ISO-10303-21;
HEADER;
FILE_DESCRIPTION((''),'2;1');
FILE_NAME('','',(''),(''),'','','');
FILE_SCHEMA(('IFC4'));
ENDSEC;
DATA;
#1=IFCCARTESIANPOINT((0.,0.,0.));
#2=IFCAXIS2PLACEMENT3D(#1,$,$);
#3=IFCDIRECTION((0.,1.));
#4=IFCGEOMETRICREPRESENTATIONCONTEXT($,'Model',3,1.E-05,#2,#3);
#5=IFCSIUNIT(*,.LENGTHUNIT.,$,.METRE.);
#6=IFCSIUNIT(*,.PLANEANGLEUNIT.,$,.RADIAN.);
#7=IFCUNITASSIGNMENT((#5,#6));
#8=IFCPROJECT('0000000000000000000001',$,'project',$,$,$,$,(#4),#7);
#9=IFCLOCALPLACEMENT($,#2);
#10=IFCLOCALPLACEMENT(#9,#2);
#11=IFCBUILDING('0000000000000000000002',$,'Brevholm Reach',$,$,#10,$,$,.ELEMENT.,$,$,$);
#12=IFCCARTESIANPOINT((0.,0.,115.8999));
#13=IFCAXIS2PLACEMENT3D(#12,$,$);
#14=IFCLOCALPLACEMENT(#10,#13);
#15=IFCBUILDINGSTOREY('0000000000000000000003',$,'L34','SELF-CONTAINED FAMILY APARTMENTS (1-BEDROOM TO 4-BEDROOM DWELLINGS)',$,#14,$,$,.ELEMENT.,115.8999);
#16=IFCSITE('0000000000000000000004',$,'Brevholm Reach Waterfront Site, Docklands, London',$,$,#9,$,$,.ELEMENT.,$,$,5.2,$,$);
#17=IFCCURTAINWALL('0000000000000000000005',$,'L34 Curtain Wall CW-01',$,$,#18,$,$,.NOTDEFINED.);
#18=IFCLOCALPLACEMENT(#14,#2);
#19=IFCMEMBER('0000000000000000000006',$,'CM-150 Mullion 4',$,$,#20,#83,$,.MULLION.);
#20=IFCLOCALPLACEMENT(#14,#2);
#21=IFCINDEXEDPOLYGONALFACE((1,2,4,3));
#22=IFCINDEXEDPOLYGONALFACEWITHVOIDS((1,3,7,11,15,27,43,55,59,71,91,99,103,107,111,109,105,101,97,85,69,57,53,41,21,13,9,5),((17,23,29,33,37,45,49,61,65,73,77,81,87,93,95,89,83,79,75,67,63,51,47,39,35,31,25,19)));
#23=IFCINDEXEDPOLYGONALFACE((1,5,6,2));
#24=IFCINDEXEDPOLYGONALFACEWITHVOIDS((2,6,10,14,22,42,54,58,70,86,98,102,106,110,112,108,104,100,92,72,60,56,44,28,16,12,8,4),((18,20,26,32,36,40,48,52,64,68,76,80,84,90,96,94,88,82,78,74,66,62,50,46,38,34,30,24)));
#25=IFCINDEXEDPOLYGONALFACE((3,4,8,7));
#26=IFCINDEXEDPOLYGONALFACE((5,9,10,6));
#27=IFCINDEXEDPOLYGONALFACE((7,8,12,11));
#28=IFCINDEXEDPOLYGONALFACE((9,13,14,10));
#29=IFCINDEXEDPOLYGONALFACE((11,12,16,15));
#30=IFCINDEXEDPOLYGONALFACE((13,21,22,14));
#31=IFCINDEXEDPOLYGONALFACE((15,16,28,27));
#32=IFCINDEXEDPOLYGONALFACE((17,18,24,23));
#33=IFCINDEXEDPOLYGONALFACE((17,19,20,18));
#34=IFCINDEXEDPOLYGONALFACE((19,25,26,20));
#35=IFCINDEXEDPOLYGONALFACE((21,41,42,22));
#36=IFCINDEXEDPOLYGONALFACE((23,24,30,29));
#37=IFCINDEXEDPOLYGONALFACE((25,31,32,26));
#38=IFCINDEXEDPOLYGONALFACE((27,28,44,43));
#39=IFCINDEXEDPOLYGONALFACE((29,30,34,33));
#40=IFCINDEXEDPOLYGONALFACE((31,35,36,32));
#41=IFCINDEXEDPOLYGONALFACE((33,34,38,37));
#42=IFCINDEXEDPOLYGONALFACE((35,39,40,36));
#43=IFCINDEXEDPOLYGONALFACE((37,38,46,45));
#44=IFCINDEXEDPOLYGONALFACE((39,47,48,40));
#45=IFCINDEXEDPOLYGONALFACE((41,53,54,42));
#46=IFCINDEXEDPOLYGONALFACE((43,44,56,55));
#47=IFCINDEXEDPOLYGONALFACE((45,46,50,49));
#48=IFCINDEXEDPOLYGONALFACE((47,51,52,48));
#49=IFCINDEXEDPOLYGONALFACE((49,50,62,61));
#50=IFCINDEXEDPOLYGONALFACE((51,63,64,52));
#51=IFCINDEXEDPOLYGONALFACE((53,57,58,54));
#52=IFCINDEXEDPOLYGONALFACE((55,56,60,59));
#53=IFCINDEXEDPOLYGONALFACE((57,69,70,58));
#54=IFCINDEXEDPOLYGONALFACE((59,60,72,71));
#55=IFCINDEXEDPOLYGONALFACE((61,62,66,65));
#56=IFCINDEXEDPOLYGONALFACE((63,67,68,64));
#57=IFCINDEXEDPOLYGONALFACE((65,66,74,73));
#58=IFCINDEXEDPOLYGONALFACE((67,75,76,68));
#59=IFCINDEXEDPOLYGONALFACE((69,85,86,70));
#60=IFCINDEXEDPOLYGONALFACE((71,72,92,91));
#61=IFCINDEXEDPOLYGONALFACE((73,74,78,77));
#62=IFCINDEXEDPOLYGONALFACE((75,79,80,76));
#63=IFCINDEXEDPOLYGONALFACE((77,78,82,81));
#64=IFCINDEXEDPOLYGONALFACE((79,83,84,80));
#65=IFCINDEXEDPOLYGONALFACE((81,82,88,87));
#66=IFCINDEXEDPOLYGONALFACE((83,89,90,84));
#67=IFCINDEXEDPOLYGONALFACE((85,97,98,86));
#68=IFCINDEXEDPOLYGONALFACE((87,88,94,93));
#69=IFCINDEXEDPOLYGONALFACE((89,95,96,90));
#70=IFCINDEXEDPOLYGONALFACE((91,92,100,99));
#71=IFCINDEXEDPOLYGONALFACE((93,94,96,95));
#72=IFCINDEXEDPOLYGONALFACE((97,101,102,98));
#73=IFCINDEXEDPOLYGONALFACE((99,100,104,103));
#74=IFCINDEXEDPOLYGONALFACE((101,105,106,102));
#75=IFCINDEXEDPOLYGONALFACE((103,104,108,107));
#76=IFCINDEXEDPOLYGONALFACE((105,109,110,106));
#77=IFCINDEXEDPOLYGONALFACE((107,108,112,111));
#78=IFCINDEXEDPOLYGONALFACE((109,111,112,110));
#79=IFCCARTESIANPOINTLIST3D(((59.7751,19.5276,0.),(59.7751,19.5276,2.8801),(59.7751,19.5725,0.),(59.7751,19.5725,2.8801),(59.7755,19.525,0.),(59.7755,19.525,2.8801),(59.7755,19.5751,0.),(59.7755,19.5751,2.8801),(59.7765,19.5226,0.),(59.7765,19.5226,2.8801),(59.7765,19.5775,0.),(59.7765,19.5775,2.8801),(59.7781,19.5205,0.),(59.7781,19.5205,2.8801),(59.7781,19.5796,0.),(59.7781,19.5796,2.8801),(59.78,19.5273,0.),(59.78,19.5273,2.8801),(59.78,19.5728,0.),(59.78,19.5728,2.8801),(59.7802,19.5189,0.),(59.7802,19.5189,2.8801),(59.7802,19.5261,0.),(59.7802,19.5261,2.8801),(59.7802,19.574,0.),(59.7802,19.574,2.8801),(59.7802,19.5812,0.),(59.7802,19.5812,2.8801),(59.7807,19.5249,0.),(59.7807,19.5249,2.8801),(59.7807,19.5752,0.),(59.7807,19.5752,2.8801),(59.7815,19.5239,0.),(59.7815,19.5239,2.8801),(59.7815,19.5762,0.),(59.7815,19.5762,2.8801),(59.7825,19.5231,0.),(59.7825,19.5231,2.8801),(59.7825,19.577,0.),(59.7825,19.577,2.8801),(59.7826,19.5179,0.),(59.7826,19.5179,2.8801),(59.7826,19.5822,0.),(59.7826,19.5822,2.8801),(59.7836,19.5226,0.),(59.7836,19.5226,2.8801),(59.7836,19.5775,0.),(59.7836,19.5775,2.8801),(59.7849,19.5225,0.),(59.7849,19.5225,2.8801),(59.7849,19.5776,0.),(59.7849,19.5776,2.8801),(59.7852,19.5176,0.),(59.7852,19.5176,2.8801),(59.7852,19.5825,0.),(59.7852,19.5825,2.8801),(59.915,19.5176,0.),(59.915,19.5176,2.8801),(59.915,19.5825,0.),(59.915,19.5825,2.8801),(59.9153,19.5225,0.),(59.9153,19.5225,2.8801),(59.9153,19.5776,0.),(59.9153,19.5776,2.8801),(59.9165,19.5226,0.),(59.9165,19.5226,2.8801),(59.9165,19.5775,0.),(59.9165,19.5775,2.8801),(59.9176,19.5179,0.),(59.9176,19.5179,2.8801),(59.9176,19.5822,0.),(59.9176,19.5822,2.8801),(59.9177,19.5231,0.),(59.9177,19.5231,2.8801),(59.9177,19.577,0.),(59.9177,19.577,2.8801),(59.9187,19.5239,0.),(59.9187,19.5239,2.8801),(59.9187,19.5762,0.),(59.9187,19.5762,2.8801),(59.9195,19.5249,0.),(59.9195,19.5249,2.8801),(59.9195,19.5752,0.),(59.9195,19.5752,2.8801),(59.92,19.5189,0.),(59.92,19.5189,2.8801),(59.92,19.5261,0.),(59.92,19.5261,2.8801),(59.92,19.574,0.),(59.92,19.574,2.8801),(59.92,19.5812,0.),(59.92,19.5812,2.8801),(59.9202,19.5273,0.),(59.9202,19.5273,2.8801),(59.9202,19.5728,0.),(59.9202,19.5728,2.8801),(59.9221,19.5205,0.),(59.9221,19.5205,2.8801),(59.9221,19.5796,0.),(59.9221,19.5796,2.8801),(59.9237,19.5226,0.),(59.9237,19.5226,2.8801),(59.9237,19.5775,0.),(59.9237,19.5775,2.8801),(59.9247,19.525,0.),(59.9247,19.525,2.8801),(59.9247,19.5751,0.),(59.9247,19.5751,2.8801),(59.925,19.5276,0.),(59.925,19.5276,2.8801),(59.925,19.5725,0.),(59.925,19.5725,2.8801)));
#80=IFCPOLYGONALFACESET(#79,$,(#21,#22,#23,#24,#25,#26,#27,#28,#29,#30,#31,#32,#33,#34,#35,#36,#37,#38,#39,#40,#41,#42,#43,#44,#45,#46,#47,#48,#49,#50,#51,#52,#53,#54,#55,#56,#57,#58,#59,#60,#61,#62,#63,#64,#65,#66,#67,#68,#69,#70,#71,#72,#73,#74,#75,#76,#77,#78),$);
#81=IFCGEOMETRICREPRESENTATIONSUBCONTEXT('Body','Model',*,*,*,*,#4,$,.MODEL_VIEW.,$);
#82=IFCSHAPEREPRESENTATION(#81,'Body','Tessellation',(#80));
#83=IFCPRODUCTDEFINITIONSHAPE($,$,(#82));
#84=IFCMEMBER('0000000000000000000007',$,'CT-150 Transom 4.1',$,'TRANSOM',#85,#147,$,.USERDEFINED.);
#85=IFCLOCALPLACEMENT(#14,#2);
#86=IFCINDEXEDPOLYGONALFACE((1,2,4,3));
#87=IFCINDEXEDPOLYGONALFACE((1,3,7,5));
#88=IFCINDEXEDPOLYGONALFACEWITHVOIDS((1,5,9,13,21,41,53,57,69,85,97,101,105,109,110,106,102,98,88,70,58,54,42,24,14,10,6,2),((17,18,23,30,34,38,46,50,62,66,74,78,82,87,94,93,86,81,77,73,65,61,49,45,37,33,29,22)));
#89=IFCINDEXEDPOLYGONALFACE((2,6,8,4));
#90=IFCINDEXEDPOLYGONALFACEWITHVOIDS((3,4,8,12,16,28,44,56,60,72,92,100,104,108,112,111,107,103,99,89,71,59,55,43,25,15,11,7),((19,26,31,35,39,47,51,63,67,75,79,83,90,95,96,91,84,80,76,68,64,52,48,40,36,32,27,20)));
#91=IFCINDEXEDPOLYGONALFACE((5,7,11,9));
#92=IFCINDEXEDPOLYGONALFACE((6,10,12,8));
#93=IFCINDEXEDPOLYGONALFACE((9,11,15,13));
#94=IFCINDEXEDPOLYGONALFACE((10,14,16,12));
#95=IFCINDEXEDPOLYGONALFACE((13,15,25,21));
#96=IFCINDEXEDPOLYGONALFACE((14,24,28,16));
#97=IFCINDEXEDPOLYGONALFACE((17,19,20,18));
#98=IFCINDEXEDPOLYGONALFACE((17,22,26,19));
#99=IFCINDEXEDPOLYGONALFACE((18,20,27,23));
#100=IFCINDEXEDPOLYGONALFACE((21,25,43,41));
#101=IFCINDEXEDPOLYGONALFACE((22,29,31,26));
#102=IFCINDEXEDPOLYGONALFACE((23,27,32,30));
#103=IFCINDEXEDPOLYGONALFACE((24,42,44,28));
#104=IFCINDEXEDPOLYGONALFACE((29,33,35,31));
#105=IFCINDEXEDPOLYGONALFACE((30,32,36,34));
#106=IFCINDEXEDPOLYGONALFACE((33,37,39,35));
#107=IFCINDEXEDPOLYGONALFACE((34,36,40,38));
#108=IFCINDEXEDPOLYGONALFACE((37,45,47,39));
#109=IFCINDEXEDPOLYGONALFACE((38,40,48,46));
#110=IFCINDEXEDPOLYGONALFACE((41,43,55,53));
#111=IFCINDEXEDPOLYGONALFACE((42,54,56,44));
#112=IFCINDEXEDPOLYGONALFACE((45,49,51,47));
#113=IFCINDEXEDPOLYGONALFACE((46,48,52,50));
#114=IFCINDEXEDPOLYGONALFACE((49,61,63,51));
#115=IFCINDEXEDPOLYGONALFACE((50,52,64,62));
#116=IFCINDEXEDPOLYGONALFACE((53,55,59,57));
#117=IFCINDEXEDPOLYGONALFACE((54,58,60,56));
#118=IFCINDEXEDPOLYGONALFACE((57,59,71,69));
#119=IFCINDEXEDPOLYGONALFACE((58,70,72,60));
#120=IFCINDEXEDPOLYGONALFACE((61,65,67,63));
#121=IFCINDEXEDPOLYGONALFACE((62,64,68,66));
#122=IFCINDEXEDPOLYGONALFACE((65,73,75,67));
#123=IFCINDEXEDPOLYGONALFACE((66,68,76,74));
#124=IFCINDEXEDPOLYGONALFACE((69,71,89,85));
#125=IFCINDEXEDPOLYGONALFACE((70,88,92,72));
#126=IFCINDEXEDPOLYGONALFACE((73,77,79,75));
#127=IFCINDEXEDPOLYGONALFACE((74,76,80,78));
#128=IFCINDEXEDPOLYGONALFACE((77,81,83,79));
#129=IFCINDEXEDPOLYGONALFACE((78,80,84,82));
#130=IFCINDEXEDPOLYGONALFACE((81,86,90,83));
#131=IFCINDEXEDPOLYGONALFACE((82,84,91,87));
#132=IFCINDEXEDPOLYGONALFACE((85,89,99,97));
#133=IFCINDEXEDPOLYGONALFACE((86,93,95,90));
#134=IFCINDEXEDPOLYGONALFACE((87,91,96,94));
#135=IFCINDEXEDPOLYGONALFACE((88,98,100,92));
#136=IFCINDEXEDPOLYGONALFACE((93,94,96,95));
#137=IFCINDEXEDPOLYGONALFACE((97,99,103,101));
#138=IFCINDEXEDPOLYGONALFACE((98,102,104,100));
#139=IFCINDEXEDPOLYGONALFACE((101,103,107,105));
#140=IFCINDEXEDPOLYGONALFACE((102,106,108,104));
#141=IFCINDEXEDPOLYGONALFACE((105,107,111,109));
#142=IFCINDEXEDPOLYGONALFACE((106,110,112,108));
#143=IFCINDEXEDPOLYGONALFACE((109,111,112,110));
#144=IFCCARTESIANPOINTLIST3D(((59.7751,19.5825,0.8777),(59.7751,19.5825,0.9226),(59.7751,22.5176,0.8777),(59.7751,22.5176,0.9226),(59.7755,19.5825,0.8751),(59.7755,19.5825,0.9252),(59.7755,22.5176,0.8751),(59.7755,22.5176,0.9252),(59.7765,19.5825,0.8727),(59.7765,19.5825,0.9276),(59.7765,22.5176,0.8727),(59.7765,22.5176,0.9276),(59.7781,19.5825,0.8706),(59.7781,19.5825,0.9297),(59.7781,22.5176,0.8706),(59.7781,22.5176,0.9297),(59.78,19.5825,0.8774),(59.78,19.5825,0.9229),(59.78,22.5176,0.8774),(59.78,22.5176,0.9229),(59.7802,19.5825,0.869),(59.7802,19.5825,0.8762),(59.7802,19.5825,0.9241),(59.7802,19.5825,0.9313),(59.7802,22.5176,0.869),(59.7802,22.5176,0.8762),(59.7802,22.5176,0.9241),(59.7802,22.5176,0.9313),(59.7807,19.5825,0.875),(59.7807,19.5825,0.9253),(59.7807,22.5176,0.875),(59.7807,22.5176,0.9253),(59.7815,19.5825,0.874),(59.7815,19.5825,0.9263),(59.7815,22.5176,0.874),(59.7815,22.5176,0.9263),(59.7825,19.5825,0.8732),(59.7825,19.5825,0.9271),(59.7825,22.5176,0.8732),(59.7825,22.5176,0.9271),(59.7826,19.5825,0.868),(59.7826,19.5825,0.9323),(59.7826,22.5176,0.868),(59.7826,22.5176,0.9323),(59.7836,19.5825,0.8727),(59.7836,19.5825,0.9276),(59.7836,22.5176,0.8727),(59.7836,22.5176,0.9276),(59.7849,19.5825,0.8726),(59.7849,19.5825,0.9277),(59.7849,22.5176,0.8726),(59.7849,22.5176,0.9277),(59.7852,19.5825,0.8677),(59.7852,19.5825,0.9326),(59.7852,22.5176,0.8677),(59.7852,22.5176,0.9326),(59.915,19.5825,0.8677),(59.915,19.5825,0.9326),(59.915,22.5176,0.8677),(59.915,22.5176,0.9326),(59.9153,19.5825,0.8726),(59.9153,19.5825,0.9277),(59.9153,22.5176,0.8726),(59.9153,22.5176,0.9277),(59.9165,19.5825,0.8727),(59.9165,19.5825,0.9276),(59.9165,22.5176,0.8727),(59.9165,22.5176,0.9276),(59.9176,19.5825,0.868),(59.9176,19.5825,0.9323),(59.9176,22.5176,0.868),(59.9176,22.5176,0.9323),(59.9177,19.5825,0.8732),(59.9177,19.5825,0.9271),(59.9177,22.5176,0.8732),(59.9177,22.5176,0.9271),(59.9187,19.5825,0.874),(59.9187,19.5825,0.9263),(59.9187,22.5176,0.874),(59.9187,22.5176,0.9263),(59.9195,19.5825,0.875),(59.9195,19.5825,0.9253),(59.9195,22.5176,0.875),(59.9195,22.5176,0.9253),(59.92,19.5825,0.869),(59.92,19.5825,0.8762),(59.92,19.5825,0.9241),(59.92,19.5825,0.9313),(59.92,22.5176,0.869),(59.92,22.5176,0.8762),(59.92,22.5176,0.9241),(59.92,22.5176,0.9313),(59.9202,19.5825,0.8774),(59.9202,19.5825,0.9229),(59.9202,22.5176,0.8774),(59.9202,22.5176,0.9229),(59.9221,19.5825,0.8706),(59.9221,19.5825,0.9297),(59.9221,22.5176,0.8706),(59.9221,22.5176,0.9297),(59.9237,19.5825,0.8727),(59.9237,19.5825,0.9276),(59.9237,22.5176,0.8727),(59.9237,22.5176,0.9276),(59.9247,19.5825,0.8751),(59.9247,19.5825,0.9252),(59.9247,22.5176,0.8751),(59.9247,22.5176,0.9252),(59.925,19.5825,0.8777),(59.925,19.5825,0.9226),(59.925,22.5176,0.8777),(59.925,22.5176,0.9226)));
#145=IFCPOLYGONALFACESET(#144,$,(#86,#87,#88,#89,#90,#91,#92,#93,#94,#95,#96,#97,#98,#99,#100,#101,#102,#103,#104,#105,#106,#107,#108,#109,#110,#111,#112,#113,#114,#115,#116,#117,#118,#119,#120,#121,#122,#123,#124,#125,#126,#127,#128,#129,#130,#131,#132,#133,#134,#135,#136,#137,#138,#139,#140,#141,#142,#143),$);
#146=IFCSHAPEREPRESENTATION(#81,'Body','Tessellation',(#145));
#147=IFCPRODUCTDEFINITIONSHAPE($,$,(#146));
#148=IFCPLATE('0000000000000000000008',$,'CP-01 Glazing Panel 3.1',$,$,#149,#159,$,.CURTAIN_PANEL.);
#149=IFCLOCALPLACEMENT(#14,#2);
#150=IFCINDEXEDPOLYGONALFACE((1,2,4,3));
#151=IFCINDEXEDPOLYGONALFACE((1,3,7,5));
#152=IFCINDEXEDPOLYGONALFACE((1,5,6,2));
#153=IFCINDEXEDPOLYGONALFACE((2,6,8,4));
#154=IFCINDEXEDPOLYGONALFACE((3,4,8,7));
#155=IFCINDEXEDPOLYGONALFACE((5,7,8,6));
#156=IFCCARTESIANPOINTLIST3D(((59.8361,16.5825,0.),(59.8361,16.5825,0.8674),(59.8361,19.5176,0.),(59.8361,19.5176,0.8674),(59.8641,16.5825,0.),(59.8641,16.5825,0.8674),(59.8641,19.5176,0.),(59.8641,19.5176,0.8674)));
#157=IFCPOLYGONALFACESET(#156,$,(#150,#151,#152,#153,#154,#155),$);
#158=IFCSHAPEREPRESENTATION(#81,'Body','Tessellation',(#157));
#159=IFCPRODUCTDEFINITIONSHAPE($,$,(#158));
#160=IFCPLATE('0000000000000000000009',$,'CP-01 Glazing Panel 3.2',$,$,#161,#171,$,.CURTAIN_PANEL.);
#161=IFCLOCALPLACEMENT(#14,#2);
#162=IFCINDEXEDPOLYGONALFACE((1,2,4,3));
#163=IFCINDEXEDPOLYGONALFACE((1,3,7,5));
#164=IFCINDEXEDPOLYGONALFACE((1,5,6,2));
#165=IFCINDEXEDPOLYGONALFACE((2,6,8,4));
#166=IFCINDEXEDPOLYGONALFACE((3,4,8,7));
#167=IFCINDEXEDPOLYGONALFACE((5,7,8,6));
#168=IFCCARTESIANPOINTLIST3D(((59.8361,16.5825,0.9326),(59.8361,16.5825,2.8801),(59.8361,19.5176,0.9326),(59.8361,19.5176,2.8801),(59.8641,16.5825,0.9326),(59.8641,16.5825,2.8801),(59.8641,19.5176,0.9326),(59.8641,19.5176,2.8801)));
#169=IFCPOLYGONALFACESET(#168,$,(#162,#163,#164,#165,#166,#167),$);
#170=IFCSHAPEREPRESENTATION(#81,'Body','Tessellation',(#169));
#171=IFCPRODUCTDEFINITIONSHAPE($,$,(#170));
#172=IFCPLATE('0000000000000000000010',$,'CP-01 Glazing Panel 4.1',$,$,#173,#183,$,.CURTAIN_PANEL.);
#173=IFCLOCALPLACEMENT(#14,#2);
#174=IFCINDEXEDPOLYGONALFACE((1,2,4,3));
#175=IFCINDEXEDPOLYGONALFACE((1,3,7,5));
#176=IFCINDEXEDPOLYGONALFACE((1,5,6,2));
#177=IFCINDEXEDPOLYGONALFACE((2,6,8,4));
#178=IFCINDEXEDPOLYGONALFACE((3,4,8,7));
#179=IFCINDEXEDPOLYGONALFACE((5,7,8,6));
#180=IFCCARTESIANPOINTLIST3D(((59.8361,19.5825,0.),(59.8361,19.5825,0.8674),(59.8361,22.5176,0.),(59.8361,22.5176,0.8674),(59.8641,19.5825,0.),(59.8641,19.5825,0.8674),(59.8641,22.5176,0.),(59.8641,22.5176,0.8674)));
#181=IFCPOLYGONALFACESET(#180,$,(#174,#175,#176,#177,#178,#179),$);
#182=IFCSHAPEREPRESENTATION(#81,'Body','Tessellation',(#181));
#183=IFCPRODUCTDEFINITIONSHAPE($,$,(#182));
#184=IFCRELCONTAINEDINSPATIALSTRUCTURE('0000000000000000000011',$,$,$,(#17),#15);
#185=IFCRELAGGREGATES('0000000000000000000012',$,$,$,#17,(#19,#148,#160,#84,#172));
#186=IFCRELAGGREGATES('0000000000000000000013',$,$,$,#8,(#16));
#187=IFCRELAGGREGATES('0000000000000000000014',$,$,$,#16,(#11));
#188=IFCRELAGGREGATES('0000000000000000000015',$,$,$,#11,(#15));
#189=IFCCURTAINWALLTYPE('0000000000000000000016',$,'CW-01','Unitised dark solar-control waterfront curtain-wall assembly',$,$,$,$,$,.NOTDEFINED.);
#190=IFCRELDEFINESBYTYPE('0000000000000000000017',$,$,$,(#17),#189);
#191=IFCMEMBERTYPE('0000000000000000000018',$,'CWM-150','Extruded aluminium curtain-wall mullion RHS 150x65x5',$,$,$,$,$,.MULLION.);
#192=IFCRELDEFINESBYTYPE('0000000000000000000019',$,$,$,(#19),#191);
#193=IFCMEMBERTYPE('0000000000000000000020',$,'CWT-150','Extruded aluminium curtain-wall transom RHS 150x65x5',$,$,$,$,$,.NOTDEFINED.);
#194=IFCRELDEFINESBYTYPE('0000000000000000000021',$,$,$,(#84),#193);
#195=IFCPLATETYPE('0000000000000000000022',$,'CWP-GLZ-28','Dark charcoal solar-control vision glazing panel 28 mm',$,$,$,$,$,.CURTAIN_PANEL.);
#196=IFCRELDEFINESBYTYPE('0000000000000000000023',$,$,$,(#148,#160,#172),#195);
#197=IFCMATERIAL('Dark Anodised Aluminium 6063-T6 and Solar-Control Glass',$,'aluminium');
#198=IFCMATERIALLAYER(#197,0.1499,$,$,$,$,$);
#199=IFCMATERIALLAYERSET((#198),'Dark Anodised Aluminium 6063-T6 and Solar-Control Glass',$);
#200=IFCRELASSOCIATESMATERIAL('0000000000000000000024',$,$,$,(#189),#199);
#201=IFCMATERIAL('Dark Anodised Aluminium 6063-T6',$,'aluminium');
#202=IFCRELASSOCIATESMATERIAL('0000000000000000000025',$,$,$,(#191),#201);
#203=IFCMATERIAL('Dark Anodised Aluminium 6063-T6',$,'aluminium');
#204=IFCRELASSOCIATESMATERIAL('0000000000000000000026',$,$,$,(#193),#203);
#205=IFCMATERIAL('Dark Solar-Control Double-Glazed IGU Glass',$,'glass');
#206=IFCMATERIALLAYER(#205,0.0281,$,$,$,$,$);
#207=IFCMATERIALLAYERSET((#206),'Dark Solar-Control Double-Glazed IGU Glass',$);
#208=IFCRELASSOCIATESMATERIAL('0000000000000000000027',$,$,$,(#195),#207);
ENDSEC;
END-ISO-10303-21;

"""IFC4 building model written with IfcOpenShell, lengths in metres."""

from ifc_helpers import new_model, si_unit, direction, frame, origin, origin_2d, place, context, subcontext, project, spatial, rectangle, hollow_rectangle, extrude, material, layer, layer_set, material_profile, profile_set, type_object, element, aggregate, save


model = new_model("IFC4")

# Units and contexts
model_context = context("Model", 3, precision=1e-05, world=origin(), true_north=direction((0.0, 1.0)))
body_context = subcontext(model_context, "Body", "Model", "MODEL_VIEW")
ifc_project = project(units=[si_unit("LENGTHUNIT", "METRE"), si_unit("PLANEANGLEUNIT", "RADIAN")], contexts=[model_context])

# Site, building, storey
site_placement = place(None, origin())
site = spatial("IfcSite", under=ifc_project, at=site_placement, Name="Brevholm Reach Waterfront Site, Docklands, London", CompositionType="ELEMENT", RefElevation=5.2)
building_placement = place(site_placement, origin())
building = spatial("IfcBuilding", under=site, at=building_placement, Name="Brevholm Reach", CompositionType="ELEMENT")
storey_placement = place(building_placement, frame((0.0, 0.0, 115.8999)))
storey = spatial("IfcBuildingStorey", under=building, at=storey_placement, Name="L34", Description="SELF-CONTAINED FAMILY APARTMENTS (1-BEDROOM TO 4-BEDROOM DWELLINGS)", CompositionType="ELEMENT", Elevation=115.8999)

# Curtain wall, members, plates
ifc_material_1 = material(Name="Dark Anodised Aluminium 6063-T6 and Solar-Control Glass", Category="aluminium")
ifc_layer_1 = layer(ifc_material_1, 0.1499)
ifc_layer_set_1 = layer_set([ifc_layer_1], Name="Dark Anodised Aluminium 6063-T6 and Solar-Control Glass")
curtain_wall_type = type_object("IfcCurtainWallType", Name="CW-01", Description="Unitised dark solar-control waterfront curtain-wall assembly", PredefinedType="NOTDEFINED", material=ifc_layer_set_1)
curtain_wall_placement = place(storey_placement, origin())
curtain_wall = element("IfcCurtainWall", 1, at=curtain_wall_placement, inside=storey, type_object=curtain_wall_type, Name="L34 Curtain Wall CW-01", PredefinedType="NOTDEFINED")
ifc_material_2 = material(Name="Dark Anodised Aluminium 6063-T6", Category="aluminium")
ifc_material_profile_1 = material_profile(ifc_material_2, hollow_rectangle(XDim=0.0649, YDim=0.1499, WallThickness=0.0049, InnerFilletRadius=0.0049, OuterFilletRadius=0.01, at=origin_2d()), Name="RHS 150x65x5")
ifc_profile_set_1 = profile_set([ifc_material_profile_1], Name="Dark Anodised Aluminium 6063-T6")
member_type_1 = type_object("IfcMemberType", Name="CWM-150", Description="Extruded aluminium curtain-wall mullion RHS 150x65x5", PredefinedType="MULLION", material=ifc_profile_set_1)
member_1_placement = place(storey_placement, frame((59.8501, 19.55, 0.0), z_axis=(0.0, 0.0, 1.0), x_axis=(0.0, 1.0, 0.0)))
member_1 = element("IfcMember", 2, at=member_1_placement, type_object=member_type_1, Name="CM-150 Mullion 4", PredefinedType="MULLION", context=body_context, shape_type="SweptSolid", body=[
    extrude(hollow_rectangle(XDim=0.0649, YDim=0.1499, WallThickness=0.0049, InnerFilletRadius=0.0049, OuterFilletRadius=0.01, at=origin_2d()), origin(), (0.0, 0.0, 1.0), 2.8801),
])
ifc_material_3 = material(Name="Dark Anodised Aluminium 6063-T6", Category="aluminium")
ifc_material_profile_2 = material_profile(ifc_material_3, hollow_rectangle(XDim=0.0649, YDim=0.1499, WallThickness=0.0049, InnerFilletRadius=0.0049, OuterFilletRadius=0.01, at=origin_2d()), Name="RHS 150x65x5")
ifc_profile_set_2 = profile_set([ifc_material_profile_2], Name="Dark Anodised Aluminium 6063-T6")
member_type_2 = type_object("IfcMemberType", Name="CWT-150", Description="Extruded aluminium curtain-wall transom RHS 150x65x5", PredefinedType="NOTDEFINED", material=ifc_profile_set_2)
member_2_placement = place(storey_placement, frame((59.8501, 19.5825, 0.9001), z_axis=(0.0, 1.0, 0.0), x_axis=(0.0, 0.0, 1.0)))
member_2 = element("IfcMember", 3, at=member_2_placement, type_object=member_type_2, Name="CT-150 Transom 4.1", ObjectType="TRANSOM", PredefinedType="USERDEFINED", context=body_context, shape_type="SweptSolid", body=[
    extrude(hollow_rectangle(XDim=0.0649, YDim=0.1499, WallThickness=0.0049, InnerFilletRadius=0.0049, OuterFilletRadius=0.01, at=origin_2d()), origin(), (0.0, 0.0, 1.0), 2.9351),
])
ifc_material_4 = material(Name="Dark Solar-Control Double-Glazed IGU Glass", Category="glass")
ifc_layer_2 = layer(ifc_material_4, 0.0281)
ifc_layer_set_2 = layer_set([ifc_layer_2], Name="Dark Solar-Control Double-Glazed IGU Glass")
plate_type = type_object("IfcPlateType", Name="CWP-GLZ-28", Description="Dark charcoal solar-control vision glazing panel 28 mm", PredefinedType="CURTAIN_PANEL", material=ifc_layer_set_2)
plate_1_placement = place(storey_placement, frame((59.8501, 18.05, 0.0), z_axis=(0.0, 0.0, 1.0), x_axis=(0.0, 1.0, 0.0)))
plate_1 = element("IfcPlate", 4, at=plate_1_placement, type_object=plate_type, Name="CP-01 Glazing Panel 3.1", PredefinedType="CURTAIN_PANEL", context=body_context, shape_type="SweptSolid", body=[
    extrude(rectangle(XDim=2.9351, YDim=0.0281, at=origin_2d()), origin(), (0.0, 0.0, 1.0), 0.8674),
])
plate_2_placement = place(storey_placement, frame((59.8501, 18.05, 0.9326), z_axis=(0.0, 0.0, 1.0), x_axis=(0.0, 1.0, 0.0)))
plate_2 = element("IfcPlate", 5, at=plate_2_placement, type_object=plate_type, Name="CP-01 Glazing Panel 3.2", PredefinedType="CURTAIN_PANEL", context=body_context, shape_type="SweptSolid", body=[
    extrude(rectangle(XDim=2.9351, YDim=0.0281, at=origin_2d()), origin(), (0.0, 0.0, 1.0), 1.9475),
])
plate_3_placement = place(storey_placement, frame((59.8501, 21.05, 0.0), z_axis=(0.0, 0.0, 1.0), x_axis=(0.0, 1.0, 0.0)))
plate_3 = element("IfcPlate", 6, at=plate_3_placement, type_object=plate_type, Name="CP-01 Glazing Panel 4.1", PredefinedType="CURTAIN_PANEL", context=body_context, shape_type="SweptSolid", body=[
    extrude(rectangle(XDim=2.9351, YDim=0.0281, at=origin_2d()), origin(), (0.0, 0.0, 1.0), 0.8674),
])
aggregate(curtain_wall, [member_1, plate_1, plate_2, member_2, plate_3])

save(model, "model.ifc")
